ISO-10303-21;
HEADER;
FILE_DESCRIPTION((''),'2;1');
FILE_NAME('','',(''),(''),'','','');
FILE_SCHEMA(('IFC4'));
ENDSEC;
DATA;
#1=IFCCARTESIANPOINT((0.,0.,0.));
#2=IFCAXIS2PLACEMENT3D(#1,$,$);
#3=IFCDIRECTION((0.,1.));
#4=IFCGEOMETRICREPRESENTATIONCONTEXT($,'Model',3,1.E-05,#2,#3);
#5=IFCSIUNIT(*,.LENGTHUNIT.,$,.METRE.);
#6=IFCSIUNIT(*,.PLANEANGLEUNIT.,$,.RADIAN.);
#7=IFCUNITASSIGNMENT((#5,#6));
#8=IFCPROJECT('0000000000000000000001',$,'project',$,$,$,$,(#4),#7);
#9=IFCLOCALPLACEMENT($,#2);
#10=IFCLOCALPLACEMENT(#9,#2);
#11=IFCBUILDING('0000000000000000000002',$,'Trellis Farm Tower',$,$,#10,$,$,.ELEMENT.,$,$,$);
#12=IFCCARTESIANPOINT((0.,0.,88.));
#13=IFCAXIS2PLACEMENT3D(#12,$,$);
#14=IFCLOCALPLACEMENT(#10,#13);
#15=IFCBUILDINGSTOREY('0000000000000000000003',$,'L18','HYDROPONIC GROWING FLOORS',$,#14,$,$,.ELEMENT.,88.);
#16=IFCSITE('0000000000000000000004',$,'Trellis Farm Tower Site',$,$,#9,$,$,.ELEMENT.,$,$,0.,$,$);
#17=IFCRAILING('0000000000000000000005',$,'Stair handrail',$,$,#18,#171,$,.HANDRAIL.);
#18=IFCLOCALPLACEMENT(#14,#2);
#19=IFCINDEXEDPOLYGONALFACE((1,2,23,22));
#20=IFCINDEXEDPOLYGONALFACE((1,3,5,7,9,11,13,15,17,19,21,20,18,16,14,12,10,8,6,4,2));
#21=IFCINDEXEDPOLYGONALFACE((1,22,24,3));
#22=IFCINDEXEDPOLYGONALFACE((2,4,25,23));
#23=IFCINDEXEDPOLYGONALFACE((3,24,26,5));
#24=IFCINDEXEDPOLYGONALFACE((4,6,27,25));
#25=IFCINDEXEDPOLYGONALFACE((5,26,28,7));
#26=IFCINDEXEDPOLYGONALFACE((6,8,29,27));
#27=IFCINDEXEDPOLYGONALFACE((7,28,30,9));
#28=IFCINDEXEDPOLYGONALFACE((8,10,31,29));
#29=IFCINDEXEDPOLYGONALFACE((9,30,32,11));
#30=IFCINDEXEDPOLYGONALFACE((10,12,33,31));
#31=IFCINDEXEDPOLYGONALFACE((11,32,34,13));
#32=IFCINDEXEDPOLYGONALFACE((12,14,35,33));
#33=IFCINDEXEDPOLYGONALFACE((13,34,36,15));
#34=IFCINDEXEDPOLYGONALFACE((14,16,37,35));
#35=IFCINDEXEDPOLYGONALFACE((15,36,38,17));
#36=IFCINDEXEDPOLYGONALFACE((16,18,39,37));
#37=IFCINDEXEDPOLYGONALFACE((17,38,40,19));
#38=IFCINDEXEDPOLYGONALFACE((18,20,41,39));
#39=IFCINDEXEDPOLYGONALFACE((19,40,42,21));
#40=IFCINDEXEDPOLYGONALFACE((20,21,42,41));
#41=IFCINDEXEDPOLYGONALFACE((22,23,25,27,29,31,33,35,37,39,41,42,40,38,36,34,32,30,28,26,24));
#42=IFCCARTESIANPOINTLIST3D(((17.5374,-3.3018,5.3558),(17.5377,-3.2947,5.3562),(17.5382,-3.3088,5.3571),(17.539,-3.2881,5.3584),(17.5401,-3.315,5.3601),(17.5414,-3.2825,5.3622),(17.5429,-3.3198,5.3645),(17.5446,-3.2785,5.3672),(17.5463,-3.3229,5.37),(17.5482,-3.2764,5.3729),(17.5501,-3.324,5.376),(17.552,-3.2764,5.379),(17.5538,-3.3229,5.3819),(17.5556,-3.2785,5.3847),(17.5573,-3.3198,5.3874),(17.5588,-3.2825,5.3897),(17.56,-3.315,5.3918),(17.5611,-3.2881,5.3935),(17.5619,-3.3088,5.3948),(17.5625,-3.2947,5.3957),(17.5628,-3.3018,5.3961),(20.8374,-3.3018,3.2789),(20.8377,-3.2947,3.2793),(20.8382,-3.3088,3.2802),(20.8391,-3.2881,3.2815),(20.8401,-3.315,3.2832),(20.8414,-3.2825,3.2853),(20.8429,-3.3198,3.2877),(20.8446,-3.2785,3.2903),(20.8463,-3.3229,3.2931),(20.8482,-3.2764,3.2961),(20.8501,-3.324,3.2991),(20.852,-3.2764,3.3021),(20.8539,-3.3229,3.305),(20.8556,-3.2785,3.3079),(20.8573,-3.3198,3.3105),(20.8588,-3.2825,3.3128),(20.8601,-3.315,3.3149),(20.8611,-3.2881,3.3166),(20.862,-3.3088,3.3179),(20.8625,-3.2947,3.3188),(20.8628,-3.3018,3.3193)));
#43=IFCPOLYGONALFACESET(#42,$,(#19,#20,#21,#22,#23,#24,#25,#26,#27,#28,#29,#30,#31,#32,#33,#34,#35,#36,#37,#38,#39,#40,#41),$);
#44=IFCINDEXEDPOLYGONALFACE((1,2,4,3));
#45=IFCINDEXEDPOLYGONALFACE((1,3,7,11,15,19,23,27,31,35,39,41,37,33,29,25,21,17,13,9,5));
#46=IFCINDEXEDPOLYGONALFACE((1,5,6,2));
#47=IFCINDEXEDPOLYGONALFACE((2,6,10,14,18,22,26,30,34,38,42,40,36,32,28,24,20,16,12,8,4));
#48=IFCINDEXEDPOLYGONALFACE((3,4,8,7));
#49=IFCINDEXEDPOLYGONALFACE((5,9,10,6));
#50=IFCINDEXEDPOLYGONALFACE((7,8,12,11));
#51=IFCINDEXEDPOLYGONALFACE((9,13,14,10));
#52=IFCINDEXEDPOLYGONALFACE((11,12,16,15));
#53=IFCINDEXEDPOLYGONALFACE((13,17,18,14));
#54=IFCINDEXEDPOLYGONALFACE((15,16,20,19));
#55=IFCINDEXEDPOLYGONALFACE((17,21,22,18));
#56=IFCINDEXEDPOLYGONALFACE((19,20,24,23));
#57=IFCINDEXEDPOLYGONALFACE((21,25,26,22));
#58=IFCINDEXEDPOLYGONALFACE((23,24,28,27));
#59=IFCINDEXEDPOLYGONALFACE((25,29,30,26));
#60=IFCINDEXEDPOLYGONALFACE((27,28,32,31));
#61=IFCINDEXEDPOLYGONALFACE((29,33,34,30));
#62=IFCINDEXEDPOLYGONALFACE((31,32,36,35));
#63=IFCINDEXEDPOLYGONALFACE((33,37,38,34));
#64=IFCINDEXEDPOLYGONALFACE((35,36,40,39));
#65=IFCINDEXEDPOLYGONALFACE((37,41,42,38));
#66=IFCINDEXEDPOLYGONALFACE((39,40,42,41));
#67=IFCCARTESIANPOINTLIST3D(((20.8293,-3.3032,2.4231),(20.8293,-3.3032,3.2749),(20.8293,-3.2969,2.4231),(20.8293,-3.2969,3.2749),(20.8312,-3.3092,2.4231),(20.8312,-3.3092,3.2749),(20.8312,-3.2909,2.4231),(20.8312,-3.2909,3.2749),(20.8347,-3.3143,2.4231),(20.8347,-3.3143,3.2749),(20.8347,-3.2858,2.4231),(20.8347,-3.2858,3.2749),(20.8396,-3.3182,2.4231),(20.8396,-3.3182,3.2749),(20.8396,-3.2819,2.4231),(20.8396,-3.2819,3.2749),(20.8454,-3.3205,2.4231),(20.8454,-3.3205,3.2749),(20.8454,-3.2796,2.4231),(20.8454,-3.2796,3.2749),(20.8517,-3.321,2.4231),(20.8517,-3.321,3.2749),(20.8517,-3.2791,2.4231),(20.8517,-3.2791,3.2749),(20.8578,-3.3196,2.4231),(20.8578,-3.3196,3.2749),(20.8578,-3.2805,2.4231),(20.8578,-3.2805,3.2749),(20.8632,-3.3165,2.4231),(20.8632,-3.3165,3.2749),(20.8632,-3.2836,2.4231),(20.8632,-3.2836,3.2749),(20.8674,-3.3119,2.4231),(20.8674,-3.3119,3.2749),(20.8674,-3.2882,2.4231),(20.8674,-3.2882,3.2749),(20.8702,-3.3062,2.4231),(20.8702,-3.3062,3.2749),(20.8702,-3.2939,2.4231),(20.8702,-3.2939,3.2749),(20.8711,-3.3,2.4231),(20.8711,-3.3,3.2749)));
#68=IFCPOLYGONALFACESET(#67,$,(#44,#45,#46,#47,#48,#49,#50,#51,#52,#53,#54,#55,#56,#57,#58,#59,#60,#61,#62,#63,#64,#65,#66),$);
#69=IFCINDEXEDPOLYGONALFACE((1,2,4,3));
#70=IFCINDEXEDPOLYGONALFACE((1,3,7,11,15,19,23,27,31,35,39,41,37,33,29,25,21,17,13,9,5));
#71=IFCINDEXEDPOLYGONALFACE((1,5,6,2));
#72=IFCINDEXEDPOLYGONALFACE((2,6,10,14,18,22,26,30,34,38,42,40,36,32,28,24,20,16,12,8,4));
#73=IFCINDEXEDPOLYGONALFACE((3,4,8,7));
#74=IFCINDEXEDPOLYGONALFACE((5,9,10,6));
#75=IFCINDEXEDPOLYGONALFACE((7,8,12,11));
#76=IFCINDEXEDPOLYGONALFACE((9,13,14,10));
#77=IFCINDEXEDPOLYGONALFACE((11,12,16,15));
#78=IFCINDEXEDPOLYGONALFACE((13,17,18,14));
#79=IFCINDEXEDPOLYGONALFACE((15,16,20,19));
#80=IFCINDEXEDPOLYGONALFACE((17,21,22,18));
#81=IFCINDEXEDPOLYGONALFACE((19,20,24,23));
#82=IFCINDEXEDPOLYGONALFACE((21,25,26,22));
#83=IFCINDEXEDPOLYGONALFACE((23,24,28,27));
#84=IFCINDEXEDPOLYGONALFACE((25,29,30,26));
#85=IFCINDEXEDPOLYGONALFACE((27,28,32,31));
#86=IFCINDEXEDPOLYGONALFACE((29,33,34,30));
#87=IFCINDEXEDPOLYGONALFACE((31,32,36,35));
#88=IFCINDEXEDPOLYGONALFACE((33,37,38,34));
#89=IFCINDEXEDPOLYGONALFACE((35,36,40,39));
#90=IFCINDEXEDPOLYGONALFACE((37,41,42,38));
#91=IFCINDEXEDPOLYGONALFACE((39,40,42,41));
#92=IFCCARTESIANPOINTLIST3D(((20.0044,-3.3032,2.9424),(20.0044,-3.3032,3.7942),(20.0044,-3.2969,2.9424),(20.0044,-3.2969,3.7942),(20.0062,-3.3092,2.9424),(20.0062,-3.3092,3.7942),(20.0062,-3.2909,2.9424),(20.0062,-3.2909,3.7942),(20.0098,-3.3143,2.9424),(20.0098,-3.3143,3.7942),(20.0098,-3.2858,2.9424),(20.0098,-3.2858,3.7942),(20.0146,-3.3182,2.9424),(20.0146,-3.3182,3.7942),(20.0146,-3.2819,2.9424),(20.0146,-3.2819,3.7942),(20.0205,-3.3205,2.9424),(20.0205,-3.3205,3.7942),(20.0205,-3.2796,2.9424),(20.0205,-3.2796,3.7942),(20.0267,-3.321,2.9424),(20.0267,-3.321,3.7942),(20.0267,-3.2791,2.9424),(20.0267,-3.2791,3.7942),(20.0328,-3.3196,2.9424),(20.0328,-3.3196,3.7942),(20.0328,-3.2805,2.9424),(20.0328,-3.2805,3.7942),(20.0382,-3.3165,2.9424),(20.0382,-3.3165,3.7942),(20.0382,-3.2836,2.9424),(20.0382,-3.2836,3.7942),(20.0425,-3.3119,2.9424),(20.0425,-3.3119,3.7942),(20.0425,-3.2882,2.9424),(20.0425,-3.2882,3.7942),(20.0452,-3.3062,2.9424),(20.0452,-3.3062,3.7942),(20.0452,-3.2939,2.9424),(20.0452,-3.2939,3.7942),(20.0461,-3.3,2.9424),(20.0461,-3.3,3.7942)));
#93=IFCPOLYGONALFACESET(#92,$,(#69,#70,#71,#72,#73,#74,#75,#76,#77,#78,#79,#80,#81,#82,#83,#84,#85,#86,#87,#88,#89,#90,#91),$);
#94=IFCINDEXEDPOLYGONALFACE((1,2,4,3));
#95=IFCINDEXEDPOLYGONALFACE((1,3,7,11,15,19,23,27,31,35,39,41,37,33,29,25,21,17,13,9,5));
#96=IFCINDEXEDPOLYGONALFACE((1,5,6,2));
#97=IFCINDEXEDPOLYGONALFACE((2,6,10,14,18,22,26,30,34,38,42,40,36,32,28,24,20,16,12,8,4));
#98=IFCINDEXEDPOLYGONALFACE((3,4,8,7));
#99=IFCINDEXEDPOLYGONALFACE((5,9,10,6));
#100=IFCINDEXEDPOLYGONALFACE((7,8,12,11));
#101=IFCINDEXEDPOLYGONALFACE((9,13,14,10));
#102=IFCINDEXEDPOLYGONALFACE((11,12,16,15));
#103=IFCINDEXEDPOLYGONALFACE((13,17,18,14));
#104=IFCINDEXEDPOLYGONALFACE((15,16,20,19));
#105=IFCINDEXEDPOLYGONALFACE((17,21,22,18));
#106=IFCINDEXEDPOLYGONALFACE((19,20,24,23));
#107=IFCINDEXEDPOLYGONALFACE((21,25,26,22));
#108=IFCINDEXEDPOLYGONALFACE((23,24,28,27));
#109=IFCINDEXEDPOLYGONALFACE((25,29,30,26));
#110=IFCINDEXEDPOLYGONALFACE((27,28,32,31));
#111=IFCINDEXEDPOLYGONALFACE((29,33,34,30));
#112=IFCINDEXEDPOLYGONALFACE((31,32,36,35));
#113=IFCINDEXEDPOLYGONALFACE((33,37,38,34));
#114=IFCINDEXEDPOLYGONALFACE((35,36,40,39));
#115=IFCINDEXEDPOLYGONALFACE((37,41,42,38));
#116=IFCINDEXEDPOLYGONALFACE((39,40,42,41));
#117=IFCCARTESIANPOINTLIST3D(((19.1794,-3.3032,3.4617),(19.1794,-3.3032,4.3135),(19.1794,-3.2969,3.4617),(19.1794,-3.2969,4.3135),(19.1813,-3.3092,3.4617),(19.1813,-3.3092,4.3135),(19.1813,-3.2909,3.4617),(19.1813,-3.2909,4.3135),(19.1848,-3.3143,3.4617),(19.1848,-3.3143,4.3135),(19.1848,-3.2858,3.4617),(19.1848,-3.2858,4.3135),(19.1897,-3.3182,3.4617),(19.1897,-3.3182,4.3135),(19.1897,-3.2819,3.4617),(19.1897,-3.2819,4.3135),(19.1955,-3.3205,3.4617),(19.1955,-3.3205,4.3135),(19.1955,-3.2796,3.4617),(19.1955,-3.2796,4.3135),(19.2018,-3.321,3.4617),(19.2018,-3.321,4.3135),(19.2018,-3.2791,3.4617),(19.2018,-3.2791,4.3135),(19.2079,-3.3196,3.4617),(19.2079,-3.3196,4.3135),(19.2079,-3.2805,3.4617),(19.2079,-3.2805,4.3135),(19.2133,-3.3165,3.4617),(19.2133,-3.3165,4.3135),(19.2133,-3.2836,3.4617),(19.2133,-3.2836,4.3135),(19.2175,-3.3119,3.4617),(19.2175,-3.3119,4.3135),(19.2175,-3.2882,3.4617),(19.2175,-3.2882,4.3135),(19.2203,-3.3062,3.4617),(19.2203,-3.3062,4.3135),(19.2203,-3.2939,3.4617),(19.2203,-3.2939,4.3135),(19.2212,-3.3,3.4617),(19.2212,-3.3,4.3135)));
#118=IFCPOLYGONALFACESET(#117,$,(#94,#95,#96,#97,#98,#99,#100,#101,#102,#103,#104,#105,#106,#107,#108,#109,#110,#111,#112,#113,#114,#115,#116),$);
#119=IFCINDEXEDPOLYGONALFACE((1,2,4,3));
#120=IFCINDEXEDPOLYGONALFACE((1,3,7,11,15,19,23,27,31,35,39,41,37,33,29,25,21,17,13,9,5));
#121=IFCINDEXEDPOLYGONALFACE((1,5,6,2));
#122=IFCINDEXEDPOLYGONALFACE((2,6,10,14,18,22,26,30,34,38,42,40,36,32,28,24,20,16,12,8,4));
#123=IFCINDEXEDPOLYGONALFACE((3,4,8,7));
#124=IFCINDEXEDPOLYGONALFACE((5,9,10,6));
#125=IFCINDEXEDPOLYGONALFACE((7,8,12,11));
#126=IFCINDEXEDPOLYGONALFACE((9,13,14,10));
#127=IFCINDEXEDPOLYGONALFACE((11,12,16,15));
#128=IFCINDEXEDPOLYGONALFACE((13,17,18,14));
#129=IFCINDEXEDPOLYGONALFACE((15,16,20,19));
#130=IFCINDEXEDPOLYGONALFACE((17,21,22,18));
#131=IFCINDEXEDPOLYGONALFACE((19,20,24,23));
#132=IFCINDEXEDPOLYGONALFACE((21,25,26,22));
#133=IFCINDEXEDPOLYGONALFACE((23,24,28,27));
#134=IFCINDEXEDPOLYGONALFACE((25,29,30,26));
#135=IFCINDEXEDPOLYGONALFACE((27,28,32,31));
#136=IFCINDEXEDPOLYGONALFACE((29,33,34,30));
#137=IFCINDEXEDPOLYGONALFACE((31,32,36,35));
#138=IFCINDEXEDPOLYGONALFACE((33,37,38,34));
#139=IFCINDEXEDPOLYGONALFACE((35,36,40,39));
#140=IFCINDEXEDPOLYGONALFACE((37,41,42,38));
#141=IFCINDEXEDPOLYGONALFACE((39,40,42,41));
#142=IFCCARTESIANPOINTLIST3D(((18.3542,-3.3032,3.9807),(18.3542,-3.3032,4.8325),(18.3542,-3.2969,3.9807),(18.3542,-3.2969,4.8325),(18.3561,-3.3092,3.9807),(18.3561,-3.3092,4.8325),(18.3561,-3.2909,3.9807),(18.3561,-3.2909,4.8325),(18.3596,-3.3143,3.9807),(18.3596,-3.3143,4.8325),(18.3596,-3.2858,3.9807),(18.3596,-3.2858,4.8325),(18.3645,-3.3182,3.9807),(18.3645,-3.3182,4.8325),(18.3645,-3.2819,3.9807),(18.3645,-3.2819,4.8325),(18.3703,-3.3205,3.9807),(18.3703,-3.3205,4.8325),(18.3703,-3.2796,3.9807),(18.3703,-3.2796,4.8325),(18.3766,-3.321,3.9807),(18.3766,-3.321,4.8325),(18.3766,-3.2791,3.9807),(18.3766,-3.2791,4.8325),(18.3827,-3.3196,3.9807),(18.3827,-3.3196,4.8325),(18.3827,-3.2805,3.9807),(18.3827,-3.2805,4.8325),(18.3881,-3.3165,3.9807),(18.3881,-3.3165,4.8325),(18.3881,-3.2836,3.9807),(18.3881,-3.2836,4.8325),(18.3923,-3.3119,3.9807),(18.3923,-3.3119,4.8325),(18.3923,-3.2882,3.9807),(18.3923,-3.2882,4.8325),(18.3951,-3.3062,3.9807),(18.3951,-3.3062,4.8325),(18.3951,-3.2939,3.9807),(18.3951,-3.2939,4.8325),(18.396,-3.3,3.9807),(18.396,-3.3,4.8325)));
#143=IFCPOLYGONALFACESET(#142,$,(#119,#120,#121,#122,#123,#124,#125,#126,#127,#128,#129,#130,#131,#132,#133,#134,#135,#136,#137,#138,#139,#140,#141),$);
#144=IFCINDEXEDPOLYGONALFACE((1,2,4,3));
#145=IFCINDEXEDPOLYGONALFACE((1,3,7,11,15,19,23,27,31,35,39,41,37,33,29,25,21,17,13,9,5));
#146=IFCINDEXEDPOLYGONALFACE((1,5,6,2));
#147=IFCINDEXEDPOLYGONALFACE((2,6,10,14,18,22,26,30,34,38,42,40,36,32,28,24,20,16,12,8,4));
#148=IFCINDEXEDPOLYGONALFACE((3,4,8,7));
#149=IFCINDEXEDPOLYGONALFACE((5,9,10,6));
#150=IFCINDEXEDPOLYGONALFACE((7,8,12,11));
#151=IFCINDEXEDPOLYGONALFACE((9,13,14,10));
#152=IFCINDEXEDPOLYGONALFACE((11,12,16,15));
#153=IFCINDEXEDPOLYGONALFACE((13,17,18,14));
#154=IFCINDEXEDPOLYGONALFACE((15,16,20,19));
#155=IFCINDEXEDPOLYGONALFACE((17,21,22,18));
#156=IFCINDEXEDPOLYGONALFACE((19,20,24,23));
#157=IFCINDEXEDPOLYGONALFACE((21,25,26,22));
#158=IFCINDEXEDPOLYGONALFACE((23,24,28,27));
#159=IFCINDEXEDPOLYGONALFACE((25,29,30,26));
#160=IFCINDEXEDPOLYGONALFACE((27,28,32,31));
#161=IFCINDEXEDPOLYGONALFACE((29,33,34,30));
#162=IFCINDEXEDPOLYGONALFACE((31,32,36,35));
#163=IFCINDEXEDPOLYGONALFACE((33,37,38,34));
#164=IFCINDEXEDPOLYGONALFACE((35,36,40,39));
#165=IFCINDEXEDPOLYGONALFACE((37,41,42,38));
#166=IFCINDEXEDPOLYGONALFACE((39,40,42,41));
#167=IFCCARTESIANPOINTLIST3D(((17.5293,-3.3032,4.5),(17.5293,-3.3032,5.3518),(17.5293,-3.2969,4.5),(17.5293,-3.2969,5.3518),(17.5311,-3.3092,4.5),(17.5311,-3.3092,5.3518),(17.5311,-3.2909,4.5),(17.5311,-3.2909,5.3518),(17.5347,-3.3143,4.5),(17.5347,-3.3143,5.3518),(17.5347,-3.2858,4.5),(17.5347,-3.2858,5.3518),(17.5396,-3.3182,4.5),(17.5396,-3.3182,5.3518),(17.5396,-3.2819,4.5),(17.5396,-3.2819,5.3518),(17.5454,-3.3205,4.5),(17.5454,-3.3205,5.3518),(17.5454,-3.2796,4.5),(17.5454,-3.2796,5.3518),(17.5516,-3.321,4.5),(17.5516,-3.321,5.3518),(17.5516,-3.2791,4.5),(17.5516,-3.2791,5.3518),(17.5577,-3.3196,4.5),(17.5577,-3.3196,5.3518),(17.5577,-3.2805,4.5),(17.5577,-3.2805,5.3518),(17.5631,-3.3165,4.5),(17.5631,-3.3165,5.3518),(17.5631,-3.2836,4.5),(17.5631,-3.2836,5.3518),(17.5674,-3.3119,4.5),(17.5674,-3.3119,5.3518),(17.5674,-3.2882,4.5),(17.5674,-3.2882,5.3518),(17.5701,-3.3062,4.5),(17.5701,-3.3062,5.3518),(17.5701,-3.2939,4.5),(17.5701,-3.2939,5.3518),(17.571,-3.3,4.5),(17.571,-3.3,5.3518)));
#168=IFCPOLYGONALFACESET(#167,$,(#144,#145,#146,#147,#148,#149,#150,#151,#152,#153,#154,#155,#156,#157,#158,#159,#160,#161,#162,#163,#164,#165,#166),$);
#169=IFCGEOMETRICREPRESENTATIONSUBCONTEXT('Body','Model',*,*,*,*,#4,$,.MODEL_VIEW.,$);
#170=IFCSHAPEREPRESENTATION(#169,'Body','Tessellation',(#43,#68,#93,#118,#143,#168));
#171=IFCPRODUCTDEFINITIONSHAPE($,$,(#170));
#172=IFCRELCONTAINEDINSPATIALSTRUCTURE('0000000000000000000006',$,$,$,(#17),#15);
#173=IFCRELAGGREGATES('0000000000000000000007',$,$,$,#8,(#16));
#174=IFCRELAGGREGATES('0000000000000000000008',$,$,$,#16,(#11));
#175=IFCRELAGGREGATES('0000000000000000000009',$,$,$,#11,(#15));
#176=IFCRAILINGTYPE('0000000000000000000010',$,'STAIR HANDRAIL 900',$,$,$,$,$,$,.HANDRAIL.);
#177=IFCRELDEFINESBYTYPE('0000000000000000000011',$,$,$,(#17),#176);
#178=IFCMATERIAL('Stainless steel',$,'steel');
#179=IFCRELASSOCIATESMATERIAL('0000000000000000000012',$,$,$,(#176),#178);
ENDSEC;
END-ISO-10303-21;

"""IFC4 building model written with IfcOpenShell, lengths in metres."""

from ifc_helpers import new_model, si_unit, direction, frame, origin, origin_2d, place, context, subcontext, project, spatial, circle, extrude, source, transform, mapped, material, type_object, element, save


model = new_model("IFC4")

# Units and contexts
model_context = context("Model", 3, precision=1e-05, world=origin(), true_north=direction((0.0, 1.0)))
body_context = subcontext(model_context, "Body", "Model", "MODEL_VIEW")
ifc_project = project(units=[si_unit("LENGTHUNIT", "METRE"), si_unit("PLANEANGLEUNIT", "RADIAN")], contexts=[model_context])

# Site, building, storey
site_placement = place(None, origin())
site = spatial("IfcSite", under=ifc_project, at=site_placement, Name="Trellis Farm Tower Site", CompositionType="ELEMENT", RefElevation=0.0)
building_placement = place(site_placement, origin())
building = spatial("IfcBuilding", under=site, at=building_placement, Name="Trellis Farm Tower", CompositionType="ELEMENT")
storey_placement = place(building_placement, frame((0.0, 0.0, 88.0)))
storey = spatial("IfcBuildingStorey", under=building, at=storey_placement, Name="L18", Description="HYDROPONIC GROWING FLOORS", CompositionType="ELEMENT", Elevation=88.0)

# Shared definitions
ifc_material_1 = material(Name="Stainless steel", Category="steel")

# Railing
railing_type = type_object("IfcRailingType", Name="STAIR HANDRAIL 900", PredefinedType="HANDRAIL", material=ifc_material_1)
shared_shape_1 = source(origin(), body_context, "Body", "SweptSolid", [
    extrude(circle(Radius=0.0239, at=origin_2d()), frame((0.0, 0.0, 0.876), z_axis=(-0.846337, 0.0, 0.532647), x_axis=(0.0, -1.0, 0.0)), (0.0, 0.0, 1.0), 3.8992),
    extrude(circle(Radius=0.021, at=origin_2d()), origin(), (0.0, 0.0, 1.0), 0.8518),
    extrude(circle(Radius=0.021, at=origin_2d()), frame((-0.825, 0.0, 0.5193)), (0.0, 0.0, 1.0), 0.8518),
    extrude(circle(Radius=0.021, at=origin_2d()), frame((-1.6499, 0.0, 1.0386)), (0.0, 0.0, 1.0), 0.8518),
    extrude(circle(Radius=0.021, at=origin_2d()), frame((-2.4751, 0.0, 1.5576)), (0.0, 0.0, 1.0), 0.8518),
    extrude(circle(Radius=0.021, at=origin_2d()), frame((-3.3, 0.0, 2.0769)), (0.0, 0.0, 1.0), 0.8518),
])
for number, where, name in (
    (1, (20.8501, -3.3, 2.4231), "Stair handrail"),
):
    element("IfcRailing", number, at=place(storey_placement, frame(where)), inside=storey, type_object=railing_type, Name=name, PredefinedType="HANDRAIL", context=body_context, shape_type="MappedRepresentation", body=[
        mapped(shared_shape_1, transform((0.0, 0.0, 0.0))),
    ])

save(model, "model.ifc")
